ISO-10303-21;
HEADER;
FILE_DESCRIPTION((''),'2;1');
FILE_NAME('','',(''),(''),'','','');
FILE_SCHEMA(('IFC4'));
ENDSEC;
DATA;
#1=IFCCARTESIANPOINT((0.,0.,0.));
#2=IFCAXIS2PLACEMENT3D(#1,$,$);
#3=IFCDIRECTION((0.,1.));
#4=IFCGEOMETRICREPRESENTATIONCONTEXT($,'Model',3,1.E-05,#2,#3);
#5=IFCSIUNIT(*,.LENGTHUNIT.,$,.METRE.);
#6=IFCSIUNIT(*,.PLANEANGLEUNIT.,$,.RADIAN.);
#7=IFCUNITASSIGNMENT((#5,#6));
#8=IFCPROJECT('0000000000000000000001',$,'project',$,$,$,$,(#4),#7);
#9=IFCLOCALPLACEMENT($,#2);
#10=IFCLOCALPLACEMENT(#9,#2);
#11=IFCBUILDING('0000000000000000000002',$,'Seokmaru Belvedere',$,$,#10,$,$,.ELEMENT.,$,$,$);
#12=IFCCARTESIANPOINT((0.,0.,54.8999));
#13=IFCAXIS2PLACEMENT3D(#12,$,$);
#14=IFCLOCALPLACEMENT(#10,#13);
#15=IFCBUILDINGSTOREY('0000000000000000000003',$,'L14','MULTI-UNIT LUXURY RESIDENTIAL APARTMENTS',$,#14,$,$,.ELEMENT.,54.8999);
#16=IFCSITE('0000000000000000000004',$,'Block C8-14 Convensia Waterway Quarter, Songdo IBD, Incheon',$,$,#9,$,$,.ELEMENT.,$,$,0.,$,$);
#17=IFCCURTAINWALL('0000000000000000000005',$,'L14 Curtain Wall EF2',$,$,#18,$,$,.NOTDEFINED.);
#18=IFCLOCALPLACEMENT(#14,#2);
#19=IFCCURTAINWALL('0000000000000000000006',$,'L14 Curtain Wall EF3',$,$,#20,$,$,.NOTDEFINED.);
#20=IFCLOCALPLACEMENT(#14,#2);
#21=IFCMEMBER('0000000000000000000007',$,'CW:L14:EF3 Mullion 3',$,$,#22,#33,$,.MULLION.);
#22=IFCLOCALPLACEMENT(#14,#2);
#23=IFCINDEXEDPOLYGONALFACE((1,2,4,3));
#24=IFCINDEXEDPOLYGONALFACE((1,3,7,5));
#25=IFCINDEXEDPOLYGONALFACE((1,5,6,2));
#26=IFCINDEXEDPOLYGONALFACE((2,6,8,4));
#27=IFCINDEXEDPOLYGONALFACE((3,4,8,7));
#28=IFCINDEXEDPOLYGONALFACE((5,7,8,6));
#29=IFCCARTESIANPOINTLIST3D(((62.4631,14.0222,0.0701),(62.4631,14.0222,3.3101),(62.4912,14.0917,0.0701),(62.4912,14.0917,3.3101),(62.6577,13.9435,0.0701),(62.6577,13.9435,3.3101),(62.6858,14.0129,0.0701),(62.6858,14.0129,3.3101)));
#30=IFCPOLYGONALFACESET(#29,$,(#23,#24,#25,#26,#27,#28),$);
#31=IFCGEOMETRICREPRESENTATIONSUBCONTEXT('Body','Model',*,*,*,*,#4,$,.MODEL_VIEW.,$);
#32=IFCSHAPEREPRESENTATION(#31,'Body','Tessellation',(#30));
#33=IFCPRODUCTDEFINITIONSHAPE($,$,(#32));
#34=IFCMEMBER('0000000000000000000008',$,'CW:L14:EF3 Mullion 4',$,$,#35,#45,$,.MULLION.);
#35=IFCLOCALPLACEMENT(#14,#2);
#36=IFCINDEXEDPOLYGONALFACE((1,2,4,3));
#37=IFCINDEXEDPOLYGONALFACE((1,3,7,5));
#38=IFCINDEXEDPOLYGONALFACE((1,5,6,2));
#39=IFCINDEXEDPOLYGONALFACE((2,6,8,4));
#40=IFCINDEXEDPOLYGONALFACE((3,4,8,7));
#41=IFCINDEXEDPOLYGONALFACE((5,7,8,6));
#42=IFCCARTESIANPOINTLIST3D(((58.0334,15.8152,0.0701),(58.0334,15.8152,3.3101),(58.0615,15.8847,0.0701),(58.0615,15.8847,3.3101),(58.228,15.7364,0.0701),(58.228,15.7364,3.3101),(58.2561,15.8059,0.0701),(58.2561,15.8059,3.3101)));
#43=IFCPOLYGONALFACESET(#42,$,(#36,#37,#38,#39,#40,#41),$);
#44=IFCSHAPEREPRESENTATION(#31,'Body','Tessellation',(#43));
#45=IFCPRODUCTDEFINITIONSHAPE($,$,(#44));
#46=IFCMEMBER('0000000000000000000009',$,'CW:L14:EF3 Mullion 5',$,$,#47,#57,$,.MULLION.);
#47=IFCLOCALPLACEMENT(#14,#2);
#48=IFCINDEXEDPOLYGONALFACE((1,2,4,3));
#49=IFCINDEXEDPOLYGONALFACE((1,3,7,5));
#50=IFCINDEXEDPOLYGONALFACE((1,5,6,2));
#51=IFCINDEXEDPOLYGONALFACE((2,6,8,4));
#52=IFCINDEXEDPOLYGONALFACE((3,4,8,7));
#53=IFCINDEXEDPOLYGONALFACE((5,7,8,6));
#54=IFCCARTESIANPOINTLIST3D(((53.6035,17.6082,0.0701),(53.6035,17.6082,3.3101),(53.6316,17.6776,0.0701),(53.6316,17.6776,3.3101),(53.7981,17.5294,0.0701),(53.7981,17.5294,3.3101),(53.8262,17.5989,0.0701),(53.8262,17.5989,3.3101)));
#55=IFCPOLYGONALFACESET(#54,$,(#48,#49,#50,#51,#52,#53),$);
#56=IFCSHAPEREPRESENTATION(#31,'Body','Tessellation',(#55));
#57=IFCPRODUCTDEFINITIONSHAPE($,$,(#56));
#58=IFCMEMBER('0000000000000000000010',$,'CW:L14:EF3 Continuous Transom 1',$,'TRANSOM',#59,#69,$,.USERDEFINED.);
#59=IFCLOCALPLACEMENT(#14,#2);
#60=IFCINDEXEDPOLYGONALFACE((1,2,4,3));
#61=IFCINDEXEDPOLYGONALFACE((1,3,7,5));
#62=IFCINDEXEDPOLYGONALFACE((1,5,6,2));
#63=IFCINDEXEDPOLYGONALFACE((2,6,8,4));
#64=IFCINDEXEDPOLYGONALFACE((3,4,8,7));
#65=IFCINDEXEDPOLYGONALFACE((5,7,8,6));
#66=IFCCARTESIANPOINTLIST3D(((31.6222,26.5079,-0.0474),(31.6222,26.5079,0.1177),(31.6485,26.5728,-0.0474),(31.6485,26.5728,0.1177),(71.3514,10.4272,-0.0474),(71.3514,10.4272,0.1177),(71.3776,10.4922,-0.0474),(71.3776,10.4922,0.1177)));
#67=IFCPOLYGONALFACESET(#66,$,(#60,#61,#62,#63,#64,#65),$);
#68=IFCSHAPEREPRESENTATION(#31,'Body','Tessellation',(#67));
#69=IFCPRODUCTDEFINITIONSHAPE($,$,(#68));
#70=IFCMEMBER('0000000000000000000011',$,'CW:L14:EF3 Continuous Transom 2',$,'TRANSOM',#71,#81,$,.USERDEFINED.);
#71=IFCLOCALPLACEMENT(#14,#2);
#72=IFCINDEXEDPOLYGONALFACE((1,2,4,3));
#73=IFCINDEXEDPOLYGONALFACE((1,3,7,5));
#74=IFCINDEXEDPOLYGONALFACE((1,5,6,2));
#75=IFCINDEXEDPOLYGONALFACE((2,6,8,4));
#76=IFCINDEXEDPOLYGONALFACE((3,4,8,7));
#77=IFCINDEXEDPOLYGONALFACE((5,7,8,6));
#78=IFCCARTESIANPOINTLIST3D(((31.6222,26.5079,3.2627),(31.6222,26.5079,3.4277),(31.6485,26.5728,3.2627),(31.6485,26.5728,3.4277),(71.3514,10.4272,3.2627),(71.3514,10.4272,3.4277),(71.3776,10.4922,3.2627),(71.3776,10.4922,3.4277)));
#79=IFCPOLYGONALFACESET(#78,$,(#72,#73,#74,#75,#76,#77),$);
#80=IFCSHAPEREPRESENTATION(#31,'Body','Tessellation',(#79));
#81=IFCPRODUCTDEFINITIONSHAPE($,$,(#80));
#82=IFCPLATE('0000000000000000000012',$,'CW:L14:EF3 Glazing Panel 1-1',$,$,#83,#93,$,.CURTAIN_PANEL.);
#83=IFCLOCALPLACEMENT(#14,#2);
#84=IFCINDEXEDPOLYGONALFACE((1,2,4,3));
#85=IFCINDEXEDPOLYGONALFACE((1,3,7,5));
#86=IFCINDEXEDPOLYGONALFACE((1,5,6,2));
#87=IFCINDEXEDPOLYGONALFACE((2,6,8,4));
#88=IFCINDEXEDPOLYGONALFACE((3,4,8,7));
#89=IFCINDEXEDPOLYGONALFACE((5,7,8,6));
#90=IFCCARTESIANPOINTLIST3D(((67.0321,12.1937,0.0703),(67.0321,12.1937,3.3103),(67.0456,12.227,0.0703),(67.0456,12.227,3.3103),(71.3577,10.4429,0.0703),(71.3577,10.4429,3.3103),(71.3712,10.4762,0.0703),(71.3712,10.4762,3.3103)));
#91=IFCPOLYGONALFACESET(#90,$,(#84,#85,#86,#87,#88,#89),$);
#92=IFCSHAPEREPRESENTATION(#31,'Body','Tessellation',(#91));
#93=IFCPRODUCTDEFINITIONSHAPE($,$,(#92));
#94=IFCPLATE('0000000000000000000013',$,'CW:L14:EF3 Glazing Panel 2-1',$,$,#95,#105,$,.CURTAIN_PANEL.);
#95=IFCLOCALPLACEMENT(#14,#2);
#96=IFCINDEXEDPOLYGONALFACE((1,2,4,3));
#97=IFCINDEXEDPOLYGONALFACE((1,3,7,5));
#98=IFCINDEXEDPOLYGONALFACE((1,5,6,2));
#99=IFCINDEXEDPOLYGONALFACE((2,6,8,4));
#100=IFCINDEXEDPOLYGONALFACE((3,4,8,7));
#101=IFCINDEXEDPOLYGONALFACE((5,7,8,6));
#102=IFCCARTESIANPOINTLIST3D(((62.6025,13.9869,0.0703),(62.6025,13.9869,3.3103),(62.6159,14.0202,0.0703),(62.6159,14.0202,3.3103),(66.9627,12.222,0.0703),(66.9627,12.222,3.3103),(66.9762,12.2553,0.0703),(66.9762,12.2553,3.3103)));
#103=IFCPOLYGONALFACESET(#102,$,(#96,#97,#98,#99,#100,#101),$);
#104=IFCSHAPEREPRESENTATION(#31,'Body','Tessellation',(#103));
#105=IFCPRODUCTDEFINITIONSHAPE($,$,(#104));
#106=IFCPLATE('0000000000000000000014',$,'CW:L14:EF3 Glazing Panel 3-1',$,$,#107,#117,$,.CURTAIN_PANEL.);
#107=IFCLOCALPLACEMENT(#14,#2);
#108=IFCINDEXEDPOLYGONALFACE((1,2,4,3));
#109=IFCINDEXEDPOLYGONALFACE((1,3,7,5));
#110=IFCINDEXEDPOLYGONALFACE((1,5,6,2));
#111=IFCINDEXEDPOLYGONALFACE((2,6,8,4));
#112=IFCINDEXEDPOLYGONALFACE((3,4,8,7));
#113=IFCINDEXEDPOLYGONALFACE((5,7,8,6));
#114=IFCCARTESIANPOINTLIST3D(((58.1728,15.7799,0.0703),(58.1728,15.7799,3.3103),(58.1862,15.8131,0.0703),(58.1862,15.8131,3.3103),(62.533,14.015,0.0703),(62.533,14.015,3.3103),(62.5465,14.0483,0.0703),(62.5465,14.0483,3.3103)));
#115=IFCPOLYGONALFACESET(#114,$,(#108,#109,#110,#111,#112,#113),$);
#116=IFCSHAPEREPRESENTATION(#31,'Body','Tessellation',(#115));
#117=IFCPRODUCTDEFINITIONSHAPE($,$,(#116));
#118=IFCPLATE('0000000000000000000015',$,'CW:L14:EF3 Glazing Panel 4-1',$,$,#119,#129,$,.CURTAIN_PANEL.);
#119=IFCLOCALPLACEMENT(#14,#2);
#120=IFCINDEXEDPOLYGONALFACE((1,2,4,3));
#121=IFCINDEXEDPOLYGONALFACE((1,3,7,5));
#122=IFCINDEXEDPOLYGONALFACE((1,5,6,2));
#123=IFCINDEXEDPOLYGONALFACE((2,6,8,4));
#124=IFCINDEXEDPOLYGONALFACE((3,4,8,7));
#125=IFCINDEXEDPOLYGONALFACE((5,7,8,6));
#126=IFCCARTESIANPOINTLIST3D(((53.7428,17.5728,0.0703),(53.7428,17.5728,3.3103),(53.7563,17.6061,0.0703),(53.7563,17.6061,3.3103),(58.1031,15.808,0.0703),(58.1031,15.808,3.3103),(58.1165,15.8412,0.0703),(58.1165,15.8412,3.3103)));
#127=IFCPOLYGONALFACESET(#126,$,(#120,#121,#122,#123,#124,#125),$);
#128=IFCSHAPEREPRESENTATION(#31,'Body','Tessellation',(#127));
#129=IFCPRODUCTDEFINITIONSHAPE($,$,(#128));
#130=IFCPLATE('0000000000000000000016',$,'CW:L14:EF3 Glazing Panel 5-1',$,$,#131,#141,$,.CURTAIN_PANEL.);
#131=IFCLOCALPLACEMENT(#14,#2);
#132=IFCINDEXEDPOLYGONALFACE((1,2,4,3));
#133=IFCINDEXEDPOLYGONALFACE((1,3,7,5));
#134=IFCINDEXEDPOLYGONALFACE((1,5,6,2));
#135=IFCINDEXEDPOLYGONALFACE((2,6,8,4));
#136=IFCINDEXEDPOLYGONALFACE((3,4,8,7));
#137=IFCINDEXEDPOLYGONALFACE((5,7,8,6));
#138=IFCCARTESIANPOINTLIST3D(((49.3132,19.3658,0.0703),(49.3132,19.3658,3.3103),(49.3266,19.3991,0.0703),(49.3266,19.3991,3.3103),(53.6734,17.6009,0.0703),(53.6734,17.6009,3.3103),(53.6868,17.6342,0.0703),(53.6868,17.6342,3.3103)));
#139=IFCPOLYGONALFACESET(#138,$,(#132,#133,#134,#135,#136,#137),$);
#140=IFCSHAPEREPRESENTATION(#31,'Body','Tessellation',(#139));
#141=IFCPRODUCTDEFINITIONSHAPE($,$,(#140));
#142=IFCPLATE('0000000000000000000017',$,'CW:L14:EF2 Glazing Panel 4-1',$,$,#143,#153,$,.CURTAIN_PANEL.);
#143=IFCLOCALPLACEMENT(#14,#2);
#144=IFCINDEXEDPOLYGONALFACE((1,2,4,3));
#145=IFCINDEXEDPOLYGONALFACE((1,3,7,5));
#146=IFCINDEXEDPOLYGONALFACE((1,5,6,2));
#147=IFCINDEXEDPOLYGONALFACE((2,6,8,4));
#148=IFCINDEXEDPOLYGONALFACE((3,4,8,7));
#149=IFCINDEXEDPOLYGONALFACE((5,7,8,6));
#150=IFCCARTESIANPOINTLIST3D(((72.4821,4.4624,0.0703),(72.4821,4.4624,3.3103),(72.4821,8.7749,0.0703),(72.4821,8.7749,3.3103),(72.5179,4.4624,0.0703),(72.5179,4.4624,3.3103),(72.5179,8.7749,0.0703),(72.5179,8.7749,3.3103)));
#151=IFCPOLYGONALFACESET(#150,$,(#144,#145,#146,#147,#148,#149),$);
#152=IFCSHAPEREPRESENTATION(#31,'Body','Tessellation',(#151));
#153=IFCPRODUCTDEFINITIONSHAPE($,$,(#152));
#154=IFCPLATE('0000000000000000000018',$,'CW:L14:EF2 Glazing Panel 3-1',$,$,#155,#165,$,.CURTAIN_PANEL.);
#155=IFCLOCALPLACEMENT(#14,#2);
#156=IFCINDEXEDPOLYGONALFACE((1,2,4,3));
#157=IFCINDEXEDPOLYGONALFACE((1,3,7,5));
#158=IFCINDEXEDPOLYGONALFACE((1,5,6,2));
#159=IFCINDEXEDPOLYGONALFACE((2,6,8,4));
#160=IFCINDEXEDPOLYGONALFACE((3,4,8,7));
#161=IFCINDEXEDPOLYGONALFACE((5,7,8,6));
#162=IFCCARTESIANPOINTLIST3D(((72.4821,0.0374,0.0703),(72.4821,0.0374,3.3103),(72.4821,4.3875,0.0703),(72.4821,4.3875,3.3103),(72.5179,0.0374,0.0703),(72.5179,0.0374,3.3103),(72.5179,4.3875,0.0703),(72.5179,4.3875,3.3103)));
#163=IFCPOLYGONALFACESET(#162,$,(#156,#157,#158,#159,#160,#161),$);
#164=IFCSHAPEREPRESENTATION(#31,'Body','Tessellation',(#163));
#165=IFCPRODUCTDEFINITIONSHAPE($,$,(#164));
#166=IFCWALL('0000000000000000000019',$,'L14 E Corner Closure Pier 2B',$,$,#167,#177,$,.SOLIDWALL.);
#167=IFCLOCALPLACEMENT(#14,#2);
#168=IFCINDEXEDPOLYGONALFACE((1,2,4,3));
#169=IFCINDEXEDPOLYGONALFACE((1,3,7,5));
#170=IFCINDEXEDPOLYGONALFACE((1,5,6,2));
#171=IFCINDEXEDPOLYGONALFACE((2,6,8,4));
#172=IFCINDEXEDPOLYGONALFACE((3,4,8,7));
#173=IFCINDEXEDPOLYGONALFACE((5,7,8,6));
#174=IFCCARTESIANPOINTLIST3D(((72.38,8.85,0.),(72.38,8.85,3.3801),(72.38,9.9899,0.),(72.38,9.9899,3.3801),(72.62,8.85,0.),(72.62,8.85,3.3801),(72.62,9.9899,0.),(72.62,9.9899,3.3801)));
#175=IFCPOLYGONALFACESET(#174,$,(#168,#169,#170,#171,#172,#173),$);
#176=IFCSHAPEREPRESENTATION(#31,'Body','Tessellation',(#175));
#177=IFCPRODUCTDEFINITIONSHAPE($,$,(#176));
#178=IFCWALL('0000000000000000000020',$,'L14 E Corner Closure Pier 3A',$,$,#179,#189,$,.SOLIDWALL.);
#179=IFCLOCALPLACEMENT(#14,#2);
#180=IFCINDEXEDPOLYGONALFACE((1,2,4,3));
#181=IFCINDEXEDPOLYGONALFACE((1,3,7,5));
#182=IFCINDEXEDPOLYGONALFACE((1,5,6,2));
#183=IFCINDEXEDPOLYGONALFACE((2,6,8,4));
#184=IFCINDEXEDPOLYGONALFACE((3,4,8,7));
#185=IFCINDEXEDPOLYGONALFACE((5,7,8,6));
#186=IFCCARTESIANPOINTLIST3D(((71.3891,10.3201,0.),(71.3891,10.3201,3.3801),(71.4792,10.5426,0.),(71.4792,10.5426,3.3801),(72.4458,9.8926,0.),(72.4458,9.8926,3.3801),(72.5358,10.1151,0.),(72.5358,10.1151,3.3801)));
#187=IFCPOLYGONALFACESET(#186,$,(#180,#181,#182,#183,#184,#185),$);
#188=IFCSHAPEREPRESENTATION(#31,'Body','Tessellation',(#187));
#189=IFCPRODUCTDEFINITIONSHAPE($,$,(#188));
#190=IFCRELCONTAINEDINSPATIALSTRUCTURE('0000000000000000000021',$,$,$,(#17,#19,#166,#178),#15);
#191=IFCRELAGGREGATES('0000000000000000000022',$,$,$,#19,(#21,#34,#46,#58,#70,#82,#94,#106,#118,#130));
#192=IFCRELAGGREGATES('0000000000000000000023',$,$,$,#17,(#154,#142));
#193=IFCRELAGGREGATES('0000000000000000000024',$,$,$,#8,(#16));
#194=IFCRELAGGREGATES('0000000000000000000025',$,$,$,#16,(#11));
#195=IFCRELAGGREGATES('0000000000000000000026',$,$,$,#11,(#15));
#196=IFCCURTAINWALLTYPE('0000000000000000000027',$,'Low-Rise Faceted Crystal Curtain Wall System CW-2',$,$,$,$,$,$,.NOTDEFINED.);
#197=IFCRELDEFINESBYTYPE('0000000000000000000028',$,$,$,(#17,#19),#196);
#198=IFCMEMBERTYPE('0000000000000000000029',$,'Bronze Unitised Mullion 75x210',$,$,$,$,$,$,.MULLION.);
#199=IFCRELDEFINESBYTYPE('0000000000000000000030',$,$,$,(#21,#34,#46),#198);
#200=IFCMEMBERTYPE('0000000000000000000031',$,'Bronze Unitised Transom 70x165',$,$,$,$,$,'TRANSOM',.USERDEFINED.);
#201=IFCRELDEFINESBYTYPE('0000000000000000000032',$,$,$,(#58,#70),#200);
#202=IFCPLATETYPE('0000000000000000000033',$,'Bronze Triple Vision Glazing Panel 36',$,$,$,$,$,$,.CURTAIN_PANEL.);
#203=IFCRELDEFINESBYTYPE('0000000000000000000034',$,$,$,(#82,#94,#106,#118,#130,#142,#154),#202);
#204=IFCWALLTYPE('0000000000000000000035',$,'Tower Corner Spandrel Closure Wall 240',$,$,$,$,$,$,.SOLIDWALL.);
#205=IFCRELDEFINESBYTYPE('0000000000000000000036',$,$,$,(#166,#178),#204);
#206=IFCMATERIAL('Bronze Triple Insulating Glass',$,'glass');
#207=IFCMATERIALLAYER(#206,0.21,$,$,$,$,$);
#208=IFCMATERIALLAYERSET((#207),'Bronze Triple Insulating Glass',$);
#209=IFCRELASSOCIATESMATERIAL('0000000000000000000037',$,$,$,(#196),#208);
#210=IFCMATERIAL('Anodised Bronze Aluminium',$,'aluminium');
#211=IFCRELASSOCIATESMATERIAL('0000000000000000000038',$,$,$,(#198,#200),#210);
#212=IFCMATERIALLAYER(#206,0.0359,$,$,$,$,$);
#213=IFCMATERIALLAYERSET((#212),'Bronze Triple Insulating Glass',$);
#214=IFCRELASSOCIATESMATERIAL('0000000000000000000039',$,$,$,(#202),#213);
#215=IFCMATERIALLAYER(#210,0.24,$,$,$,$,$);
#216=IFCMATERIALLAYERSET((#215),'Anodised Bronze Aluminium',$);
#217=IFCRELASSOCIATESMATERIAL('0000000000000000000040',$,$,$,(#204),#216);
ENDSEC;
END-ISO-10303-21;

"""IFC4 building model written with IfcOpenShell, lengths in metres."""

from ifc_helpers import new_model, si_unit, direction, frame, frame_2d, origin, origin_2d, place, context, subcontext, project, spatial, rectangle, extrude, source, transform, mapped, material, layer, layer_set, material_profile, profile_set, type_object, type_shapes, element, aggregate, save


model = new_model("IFC4")

# Units and contexts
model_context = context("Model", 3, precision=1e-05, world=origin(), true_north=direction((0.0, 1.0)))
body_context = subcontext(model_context, "Body", "Model", "MODEL_VIEW")
ifc_project = project(units=[si_unit("LENGTHUNIT", "METRE"), si_unit("PLANEANGLEUNIT", "RADIAN")], contexts=[model_context])

# Site, building, storey
site_placement = place(None, origin())
site = spatial("IfcSite", under=ifc_project, at=site_placement, Name="Block C8-14 Convensia Waterway Quarter, Songdo IBD, Incheon", CompositionType="ELEMENT", RefElevation=0.0)
building_placement = place(site_placement, origin())
building = spatial("IfcBuilding", under=site, at=building_placement, Name="Seokmaru Belvedere", CompositionType="ELEMENT")
storey_placement = place(building_placement, frame((0.0, 0.0, 54.8999)))
storey = spatial("IfcBuildingStorey", under=building, at=storey_placement, Name="L14", Description="MULTI-UNIT LUXURY RESIDENTIAL APARTMENTS", CompositionType="ELEMENT", Elevation=54.8999)

# Curtain walls
ifc_material_1 = material(Name="Bronze Triple Insulating Glass", Category="glass")
ifc_layer_1 = layer(ifc_material_1, 0.21)
ifc_layer_set_1 = layer_set([ifc_layer_1], Name="Bronze Triple Insulating Glass")
curtain_wall_type = type_object("IfcCurtainWallType", Name="Low-Rise Faceted Crystal Curtain Wall System CW-2", PredefinedType="NOTDEFINED", material=ifc_layer_set_1)
curtain_wall_1_placement = place(storey_placement, origin())
curtain_wall_1 = element("IfcCurtainWall", 1, at=curtain_wall_1_placement, inside=storey, type_object=curtain_wall_type, Name="L14 Curtain Wall EF2", PredefinedType="NOTDEFINED")
ifc_material_2 = material(Name="Anodised Bronze Aluminium", Category="aluminium")
ifc_material_profile_1 = material_profile(ifc_material_2, rectangle(XDim=0.075, YDim=0.21, at=origin_2d()), Name="CW-M-75x210")
ifc_profile_set_1 = profile_set([ifc_material_profile_1], Name="Anodised Bronze Aluminium")
member_type_1 = type_object("IfcMemberType", Name="Bronze Unitised Mullion 75x210", PredefinedType="MULLION", material=ifc_profile_set_1)
curtain_wall_2_placement = place(storey_placement, origin())
curtain_wall_2 = element("IfcCurtainWall", 2, at=curtain_wall_2_placement, inside=storey, type_object=curtain_wall_type, Name="L14 Curtain Wall EF3", PredefinedType="NOTDEFINED")

# Members
shared_shape_1 = source(origin(), body_context, "Body", "SweptSolid", [
    extrude(rectangle(XDim=0.075, YDim=0.21, at=origin_2d()), origin(), (0.0, 0.0, 1.0), 3.24),
])
member_1_placement = place(storey_placement, frame((62.5745, 14.0176, 0.0701), z_axis=(0.0, 0.0, 1.0), x_axis=(-0.375192, -0.926947, 0.0)))
member_1 = element("IfcMember", 3, at=member_1_placement, type_object=member_type_1, Name="CW:L14:EF3 Mullion 3", PredefinedType="MULLION", context=body_context, shape_type="MappedRepresentation", body=[
    mapped(shared_shape_1, transform((0.0, 0.0, 0.0), scale=1.0)),
])
member_2_placement = place(storey_placement, frame((58.1448, 15.8105, 0.0701), z_axis=(0.0, 0.0, 1.0), x_axis=(-0.375192, -0.926947, 0.0)))
member_2 = element("IfcMember", 4, at=member_2_placement, type_object=member_type_1, Name="CW:L14:EF3 Mullion 4", PredefinedType="MULLION", context=body_context, shape_type="MappedRepresentation", body=[
    mapped(shared_shape_1, transform((0.0, 0.0, 0.0), scale=1.0)),
])
member_3_placement = place(storey_placement, frame((53.7148, 17.6035, 0.0701), z_axis=(0.0, 0.0, 1.0), x_axis=(-0.375192, -0.926947, 0.0)))
member_3 = element("IfcMember", 5, at=member_3_placement, type_object=member_type_1, Name="CW:L14:EF3 Mullion 5", PredefinedType="MULLION", context=body_context, shape_type="MappedRepresentation", body=[
    mapped(shared_shape_1, transform((0.0, 0.0, 0.0), scale=1.0)),
])
ifc_material_profile_2 = material_profile(ifc_material_2, rectangle(XDim=0.0701, YDim=0.165, at=origin_2d()), Name="CW-T-70x165")
ifc_profile_set_2 = profile_set([ifc_material_profile_2], Name="Anodised Bronze Aluminium")
member_type_2 = type_object("IfcMemberType", Name="Bronze Unitised Transom 70x165", ElementType="TRANSOM", PredefinedType="USERDEFINED", material=ifc_profile_set_2)
shared_shape_2 = source(origin(), body_context, "Body", "SweptSolid", [
    extrude(rectangle(XDim=0.0701, YDim=0.165, at=origin_2d()), origin(), (0.0, 0.0, 1.0), 42.8601),
])
type_shapes(member_type_2, [shared_shape_2])
member_4_placement = place(storey_placement, frame((71.3645, 10.4597, 0.0352), z_axis=(-0.926949, 0.375188, 0.0), x_axis=(-0.375188, -0.926949, 0.0)))
member_4 = element("IfcMember", 6, at=member_4_placement, type_object=member_type_2, Name="CW:L14:EF3 Continuous Transom 1", ObjectType="TRANSOM", PredefinedType="USERDEFINED", context=body_context, shape_type="MappedRepresentation", body=[
    mapped(shared_shape_2, transform((0.0, 0.0, 0.0), scale=1.0)),
])
member_5_placement = place(storey_placement, frame((71.3645, 10.4597, 3.3452), z_axis=(-0.926949, 0.375188, 0.0), x_axis=(-0.375188, -0.926949, 0.0)))
member_5 = element("IfcMember", 7, at=member_5_placement, type_object=member_type_2, Name="CW:L14:EF3 Continuous Transom 2", ObjectType="TRANSOM", PredefinedType="USERDEFINED", context=body_context, shape_type="MappedRepresentation", body=[
    mapped(shared_shape_2, transform((0.0, 0.0, 0.0), scale=1.0)),
])

# Plates
ifc_layer_2 = layer(ifc_material_1, 0.0359)
ifc_layer_set_2 = layer_set([ifc_layer_2], Name="Bronze Triple Insulating Glass")
plate_type = type_object("IfcPlateType", Name="Bronze Triple Vision Glazing Panel 36", PredefinedType="CURTAIN_PANEL", material=ifc_layer_set_2)
shared_shape_3 = source(origin(), body_context, "Body", "SweptSolid", [
    extrude(rectangle(XDim=4.6665, YDim=0.0359, at=origin_2d()), origin(), (0.0, 0.0, 1.0), 3.24),
])
plate_1_placement = place(storey_placement, frame((69.2017, 11.335, 0.0703), z_axis=(0.0, 0.0, 1.0), x_axis=(-0.926947, 0.375192, 0.0)))
plate_1 = element("IfcPlate", 8, at=plate_1_placement, type_object=plate_type, Name="CW:L14:EF3 Glazing Panel 1-1", PredefinedType="CURTAIN_PANEL", context=body_context, shape_type="MappedRepresentation", body=[
    mapped(shared_shape_3, transform((0.0, 0.0, 0.0), scale=1.0)),
])
shared_shape_4 = source(origin(), body_context, "Body", "SweptSolid", [
    extrude(rectangle(XDim=4.7039, YDim=0.0359, at=origin_2d()), origin(), (0.0, 0.0, 1.0), 3.24),
])
plate_2_placement = place(storey_placement, frame((64.7893, 13.1211, 0.0703), z_axis=(0.0, 0.0, 1.0), x_axis=(-0.926947, 0.375192, 0.0)))
plate_2 = element("IfcPlate", 9, at=plate_2_placement, type_object=plate_type, Name="CW:L14:EF3 Glazing Panel 2-1", PredefinedType="CURTAIN_PANEL", context=body_context, shape_type="MappedRepresentation", body=[
    mapped(shared_shape_4, transform((0.0, 0.0, 0.0), scale=1.0)),
])
plate_3_placement = place(storey_placement, frame((60.3596, 14.9141, 0.0703), z_axis=(0.0, 0.0, 1.0), x_axis=(-0.926947, 0.375192, 0.0)))
plate_3 = element("IfcPlate", 10, at=plate_3_placement, type_object=plate_type, Name="CW:L14:EF3 Glazing Panel 3-1", PredefinedType="CURTAIN_PANEL", context=body_context, shape_type="MappedRepresentation", body=[
    mapped(shared_shape_4, transform((0.0, 0.0, 0.0), scale=1.0)),
])
plate_4_placement = place(storey_placement, frame((55.9297, 16.707, 0.0703), z_axis=(0.0, 0.0, 1.0), x_axis=(-0.926947, 0.375192, 0.0)))
plate_4 = element("IfcPlate", 11, at=plate_4_placement, type_object=plate_type, Name="CW:L14:EF3 Glazing Panel 4-1", PredefinedType="CURTAIN_PANEL", context=body_context, shape_type="MappedRepresentation", body=[
    mapped(shared_shape_4, transform((0.0, 0.0, 0.0), scale=1.0)),
])
plate_5_placement = place(storey_placement, frame((51.5, 18.5, 0.0703), z_axis=(0.0, 0.0, 1.0), x_axis=(-0.926947, 0.375192, 0.0)))
plate_5 = element("IfcPlate", 12, at=plate_5_placement, type_object=plate_type, Name="CW:L14:EF3 Glazing Panel 5-1", PredefinedType="CURTAIN_PANEL", context=body_context, shape_type="MappedRepresentation", body=[
    mapped(shared_shape_4, transform((0.0, 0.0, 0.0), scale=1.0)),
])
aggregate(curtain_wall_2, [member_1, member_2, member_3, member_4, member_5, plate_1, plate_2, plate_3, plate_4, plate_5])
shared_shape_5 = source(origin(), body_context, "Body", "SweptSolid", [
    extrude(rectangle(XDim=4.3125, YDim=0.0359, at=origin_2d()), origin(), (0.0, 0.0, 1.0), 3.24),
])
plate_6_placement = place(storey_placement, frame((72.5, 6.6187, 0.0703), z_axis=(0.0, 0.0, 1.0), x_axis=(0.0, 1.0, 0.0)))
plate_6 = element("IfcPlate", 13, at=plate_6_placement, type_object=plate_type, Name="CW:L14:EF2 Glazing Panel 4-1", PredefinedType="CURTAIN_PANEL", context=body_context, shape_type="MappedRepresentation", body=[
    mapped(shared_shape_5, transform((0.0, 0.0, 0.0), scale=1.0)),
])
shared_shape_6 = source(origin(), body_context, "Body", "SweptSolid", [
    extrude(rectangle(XDim=4.3501, YDim=0.0359, at=origin_2d()), origin(), (0.0, 0.0, 1.0), 3.24),
])
type_shapes(plate_type, [shared_shape_3, shared_shape_4, shared_shape_5, shared_shape_6])
plate_7_placement = place(storey_placement, frame((72.5, 2.2124, 0.0703), z_axis=(0.0, 0.0, 1.0), x_axis=(0.0, 1.0, 0.0)))
plate_7 = element("IfcPlate", 14, at=plate_7_placement, type_object=plate_type, Name="CW:L14:EF2 Glazing Panel 3-1", PredefinedType="CURTAIN_PANEL", context=body_context, shape_type="MappedRepresentation", body=[
    mapped(shared_shape_6, transform((0.0, 0.0, 0.0), scale=1.0)),
])
aggregate(curtain_wall_1, [plate_7, plate_6])

# Walls
ifc_layer_3 = layer(ifc_material_2, 0.24)
ifc_layer_set_3 = layer_set([ifc_layer_3], Name="Anodised Bronze Aluminium")
wall_type = type_object("IfcWallType", Name="Tower Corner Spandrel Closure Wall 240", PredefinedType="SOLIDWALL", material=ifc_layer_set_3)
for number, where, z_axis, x_axis, name in (
    (15, (72.5, 8.8501, 0.0), (0.0, 0.0, 1.0), (0.0, 1.0, 0.0), "L14 E Corner Closure Pier 2B"),
    (16, (72.4907, 10.0039, 0.0), (0.0, 0.0, 1.0), (-0.927007, 0.375044, 0.0), "L14 E Corner Closure Pier 3A"),
):
    element("IfcWall", number, at=place(storey_placement, frame(where, z_axis=z_axis, x_axis=x_axis)), inside=storey, type_object=wall_type, Name=name, PredefinedType="SOLIDWALL", context=body_context, shape_type="SweptSolid", body=[
        extrude(rectangle(XDim=1.1399, YDim=0.24, at=frame_2d((0.5698, 0.0))), origin(), (0.0, 0.0, 1.0), 3.3801),
    ])

save(model, "model.ifc")
